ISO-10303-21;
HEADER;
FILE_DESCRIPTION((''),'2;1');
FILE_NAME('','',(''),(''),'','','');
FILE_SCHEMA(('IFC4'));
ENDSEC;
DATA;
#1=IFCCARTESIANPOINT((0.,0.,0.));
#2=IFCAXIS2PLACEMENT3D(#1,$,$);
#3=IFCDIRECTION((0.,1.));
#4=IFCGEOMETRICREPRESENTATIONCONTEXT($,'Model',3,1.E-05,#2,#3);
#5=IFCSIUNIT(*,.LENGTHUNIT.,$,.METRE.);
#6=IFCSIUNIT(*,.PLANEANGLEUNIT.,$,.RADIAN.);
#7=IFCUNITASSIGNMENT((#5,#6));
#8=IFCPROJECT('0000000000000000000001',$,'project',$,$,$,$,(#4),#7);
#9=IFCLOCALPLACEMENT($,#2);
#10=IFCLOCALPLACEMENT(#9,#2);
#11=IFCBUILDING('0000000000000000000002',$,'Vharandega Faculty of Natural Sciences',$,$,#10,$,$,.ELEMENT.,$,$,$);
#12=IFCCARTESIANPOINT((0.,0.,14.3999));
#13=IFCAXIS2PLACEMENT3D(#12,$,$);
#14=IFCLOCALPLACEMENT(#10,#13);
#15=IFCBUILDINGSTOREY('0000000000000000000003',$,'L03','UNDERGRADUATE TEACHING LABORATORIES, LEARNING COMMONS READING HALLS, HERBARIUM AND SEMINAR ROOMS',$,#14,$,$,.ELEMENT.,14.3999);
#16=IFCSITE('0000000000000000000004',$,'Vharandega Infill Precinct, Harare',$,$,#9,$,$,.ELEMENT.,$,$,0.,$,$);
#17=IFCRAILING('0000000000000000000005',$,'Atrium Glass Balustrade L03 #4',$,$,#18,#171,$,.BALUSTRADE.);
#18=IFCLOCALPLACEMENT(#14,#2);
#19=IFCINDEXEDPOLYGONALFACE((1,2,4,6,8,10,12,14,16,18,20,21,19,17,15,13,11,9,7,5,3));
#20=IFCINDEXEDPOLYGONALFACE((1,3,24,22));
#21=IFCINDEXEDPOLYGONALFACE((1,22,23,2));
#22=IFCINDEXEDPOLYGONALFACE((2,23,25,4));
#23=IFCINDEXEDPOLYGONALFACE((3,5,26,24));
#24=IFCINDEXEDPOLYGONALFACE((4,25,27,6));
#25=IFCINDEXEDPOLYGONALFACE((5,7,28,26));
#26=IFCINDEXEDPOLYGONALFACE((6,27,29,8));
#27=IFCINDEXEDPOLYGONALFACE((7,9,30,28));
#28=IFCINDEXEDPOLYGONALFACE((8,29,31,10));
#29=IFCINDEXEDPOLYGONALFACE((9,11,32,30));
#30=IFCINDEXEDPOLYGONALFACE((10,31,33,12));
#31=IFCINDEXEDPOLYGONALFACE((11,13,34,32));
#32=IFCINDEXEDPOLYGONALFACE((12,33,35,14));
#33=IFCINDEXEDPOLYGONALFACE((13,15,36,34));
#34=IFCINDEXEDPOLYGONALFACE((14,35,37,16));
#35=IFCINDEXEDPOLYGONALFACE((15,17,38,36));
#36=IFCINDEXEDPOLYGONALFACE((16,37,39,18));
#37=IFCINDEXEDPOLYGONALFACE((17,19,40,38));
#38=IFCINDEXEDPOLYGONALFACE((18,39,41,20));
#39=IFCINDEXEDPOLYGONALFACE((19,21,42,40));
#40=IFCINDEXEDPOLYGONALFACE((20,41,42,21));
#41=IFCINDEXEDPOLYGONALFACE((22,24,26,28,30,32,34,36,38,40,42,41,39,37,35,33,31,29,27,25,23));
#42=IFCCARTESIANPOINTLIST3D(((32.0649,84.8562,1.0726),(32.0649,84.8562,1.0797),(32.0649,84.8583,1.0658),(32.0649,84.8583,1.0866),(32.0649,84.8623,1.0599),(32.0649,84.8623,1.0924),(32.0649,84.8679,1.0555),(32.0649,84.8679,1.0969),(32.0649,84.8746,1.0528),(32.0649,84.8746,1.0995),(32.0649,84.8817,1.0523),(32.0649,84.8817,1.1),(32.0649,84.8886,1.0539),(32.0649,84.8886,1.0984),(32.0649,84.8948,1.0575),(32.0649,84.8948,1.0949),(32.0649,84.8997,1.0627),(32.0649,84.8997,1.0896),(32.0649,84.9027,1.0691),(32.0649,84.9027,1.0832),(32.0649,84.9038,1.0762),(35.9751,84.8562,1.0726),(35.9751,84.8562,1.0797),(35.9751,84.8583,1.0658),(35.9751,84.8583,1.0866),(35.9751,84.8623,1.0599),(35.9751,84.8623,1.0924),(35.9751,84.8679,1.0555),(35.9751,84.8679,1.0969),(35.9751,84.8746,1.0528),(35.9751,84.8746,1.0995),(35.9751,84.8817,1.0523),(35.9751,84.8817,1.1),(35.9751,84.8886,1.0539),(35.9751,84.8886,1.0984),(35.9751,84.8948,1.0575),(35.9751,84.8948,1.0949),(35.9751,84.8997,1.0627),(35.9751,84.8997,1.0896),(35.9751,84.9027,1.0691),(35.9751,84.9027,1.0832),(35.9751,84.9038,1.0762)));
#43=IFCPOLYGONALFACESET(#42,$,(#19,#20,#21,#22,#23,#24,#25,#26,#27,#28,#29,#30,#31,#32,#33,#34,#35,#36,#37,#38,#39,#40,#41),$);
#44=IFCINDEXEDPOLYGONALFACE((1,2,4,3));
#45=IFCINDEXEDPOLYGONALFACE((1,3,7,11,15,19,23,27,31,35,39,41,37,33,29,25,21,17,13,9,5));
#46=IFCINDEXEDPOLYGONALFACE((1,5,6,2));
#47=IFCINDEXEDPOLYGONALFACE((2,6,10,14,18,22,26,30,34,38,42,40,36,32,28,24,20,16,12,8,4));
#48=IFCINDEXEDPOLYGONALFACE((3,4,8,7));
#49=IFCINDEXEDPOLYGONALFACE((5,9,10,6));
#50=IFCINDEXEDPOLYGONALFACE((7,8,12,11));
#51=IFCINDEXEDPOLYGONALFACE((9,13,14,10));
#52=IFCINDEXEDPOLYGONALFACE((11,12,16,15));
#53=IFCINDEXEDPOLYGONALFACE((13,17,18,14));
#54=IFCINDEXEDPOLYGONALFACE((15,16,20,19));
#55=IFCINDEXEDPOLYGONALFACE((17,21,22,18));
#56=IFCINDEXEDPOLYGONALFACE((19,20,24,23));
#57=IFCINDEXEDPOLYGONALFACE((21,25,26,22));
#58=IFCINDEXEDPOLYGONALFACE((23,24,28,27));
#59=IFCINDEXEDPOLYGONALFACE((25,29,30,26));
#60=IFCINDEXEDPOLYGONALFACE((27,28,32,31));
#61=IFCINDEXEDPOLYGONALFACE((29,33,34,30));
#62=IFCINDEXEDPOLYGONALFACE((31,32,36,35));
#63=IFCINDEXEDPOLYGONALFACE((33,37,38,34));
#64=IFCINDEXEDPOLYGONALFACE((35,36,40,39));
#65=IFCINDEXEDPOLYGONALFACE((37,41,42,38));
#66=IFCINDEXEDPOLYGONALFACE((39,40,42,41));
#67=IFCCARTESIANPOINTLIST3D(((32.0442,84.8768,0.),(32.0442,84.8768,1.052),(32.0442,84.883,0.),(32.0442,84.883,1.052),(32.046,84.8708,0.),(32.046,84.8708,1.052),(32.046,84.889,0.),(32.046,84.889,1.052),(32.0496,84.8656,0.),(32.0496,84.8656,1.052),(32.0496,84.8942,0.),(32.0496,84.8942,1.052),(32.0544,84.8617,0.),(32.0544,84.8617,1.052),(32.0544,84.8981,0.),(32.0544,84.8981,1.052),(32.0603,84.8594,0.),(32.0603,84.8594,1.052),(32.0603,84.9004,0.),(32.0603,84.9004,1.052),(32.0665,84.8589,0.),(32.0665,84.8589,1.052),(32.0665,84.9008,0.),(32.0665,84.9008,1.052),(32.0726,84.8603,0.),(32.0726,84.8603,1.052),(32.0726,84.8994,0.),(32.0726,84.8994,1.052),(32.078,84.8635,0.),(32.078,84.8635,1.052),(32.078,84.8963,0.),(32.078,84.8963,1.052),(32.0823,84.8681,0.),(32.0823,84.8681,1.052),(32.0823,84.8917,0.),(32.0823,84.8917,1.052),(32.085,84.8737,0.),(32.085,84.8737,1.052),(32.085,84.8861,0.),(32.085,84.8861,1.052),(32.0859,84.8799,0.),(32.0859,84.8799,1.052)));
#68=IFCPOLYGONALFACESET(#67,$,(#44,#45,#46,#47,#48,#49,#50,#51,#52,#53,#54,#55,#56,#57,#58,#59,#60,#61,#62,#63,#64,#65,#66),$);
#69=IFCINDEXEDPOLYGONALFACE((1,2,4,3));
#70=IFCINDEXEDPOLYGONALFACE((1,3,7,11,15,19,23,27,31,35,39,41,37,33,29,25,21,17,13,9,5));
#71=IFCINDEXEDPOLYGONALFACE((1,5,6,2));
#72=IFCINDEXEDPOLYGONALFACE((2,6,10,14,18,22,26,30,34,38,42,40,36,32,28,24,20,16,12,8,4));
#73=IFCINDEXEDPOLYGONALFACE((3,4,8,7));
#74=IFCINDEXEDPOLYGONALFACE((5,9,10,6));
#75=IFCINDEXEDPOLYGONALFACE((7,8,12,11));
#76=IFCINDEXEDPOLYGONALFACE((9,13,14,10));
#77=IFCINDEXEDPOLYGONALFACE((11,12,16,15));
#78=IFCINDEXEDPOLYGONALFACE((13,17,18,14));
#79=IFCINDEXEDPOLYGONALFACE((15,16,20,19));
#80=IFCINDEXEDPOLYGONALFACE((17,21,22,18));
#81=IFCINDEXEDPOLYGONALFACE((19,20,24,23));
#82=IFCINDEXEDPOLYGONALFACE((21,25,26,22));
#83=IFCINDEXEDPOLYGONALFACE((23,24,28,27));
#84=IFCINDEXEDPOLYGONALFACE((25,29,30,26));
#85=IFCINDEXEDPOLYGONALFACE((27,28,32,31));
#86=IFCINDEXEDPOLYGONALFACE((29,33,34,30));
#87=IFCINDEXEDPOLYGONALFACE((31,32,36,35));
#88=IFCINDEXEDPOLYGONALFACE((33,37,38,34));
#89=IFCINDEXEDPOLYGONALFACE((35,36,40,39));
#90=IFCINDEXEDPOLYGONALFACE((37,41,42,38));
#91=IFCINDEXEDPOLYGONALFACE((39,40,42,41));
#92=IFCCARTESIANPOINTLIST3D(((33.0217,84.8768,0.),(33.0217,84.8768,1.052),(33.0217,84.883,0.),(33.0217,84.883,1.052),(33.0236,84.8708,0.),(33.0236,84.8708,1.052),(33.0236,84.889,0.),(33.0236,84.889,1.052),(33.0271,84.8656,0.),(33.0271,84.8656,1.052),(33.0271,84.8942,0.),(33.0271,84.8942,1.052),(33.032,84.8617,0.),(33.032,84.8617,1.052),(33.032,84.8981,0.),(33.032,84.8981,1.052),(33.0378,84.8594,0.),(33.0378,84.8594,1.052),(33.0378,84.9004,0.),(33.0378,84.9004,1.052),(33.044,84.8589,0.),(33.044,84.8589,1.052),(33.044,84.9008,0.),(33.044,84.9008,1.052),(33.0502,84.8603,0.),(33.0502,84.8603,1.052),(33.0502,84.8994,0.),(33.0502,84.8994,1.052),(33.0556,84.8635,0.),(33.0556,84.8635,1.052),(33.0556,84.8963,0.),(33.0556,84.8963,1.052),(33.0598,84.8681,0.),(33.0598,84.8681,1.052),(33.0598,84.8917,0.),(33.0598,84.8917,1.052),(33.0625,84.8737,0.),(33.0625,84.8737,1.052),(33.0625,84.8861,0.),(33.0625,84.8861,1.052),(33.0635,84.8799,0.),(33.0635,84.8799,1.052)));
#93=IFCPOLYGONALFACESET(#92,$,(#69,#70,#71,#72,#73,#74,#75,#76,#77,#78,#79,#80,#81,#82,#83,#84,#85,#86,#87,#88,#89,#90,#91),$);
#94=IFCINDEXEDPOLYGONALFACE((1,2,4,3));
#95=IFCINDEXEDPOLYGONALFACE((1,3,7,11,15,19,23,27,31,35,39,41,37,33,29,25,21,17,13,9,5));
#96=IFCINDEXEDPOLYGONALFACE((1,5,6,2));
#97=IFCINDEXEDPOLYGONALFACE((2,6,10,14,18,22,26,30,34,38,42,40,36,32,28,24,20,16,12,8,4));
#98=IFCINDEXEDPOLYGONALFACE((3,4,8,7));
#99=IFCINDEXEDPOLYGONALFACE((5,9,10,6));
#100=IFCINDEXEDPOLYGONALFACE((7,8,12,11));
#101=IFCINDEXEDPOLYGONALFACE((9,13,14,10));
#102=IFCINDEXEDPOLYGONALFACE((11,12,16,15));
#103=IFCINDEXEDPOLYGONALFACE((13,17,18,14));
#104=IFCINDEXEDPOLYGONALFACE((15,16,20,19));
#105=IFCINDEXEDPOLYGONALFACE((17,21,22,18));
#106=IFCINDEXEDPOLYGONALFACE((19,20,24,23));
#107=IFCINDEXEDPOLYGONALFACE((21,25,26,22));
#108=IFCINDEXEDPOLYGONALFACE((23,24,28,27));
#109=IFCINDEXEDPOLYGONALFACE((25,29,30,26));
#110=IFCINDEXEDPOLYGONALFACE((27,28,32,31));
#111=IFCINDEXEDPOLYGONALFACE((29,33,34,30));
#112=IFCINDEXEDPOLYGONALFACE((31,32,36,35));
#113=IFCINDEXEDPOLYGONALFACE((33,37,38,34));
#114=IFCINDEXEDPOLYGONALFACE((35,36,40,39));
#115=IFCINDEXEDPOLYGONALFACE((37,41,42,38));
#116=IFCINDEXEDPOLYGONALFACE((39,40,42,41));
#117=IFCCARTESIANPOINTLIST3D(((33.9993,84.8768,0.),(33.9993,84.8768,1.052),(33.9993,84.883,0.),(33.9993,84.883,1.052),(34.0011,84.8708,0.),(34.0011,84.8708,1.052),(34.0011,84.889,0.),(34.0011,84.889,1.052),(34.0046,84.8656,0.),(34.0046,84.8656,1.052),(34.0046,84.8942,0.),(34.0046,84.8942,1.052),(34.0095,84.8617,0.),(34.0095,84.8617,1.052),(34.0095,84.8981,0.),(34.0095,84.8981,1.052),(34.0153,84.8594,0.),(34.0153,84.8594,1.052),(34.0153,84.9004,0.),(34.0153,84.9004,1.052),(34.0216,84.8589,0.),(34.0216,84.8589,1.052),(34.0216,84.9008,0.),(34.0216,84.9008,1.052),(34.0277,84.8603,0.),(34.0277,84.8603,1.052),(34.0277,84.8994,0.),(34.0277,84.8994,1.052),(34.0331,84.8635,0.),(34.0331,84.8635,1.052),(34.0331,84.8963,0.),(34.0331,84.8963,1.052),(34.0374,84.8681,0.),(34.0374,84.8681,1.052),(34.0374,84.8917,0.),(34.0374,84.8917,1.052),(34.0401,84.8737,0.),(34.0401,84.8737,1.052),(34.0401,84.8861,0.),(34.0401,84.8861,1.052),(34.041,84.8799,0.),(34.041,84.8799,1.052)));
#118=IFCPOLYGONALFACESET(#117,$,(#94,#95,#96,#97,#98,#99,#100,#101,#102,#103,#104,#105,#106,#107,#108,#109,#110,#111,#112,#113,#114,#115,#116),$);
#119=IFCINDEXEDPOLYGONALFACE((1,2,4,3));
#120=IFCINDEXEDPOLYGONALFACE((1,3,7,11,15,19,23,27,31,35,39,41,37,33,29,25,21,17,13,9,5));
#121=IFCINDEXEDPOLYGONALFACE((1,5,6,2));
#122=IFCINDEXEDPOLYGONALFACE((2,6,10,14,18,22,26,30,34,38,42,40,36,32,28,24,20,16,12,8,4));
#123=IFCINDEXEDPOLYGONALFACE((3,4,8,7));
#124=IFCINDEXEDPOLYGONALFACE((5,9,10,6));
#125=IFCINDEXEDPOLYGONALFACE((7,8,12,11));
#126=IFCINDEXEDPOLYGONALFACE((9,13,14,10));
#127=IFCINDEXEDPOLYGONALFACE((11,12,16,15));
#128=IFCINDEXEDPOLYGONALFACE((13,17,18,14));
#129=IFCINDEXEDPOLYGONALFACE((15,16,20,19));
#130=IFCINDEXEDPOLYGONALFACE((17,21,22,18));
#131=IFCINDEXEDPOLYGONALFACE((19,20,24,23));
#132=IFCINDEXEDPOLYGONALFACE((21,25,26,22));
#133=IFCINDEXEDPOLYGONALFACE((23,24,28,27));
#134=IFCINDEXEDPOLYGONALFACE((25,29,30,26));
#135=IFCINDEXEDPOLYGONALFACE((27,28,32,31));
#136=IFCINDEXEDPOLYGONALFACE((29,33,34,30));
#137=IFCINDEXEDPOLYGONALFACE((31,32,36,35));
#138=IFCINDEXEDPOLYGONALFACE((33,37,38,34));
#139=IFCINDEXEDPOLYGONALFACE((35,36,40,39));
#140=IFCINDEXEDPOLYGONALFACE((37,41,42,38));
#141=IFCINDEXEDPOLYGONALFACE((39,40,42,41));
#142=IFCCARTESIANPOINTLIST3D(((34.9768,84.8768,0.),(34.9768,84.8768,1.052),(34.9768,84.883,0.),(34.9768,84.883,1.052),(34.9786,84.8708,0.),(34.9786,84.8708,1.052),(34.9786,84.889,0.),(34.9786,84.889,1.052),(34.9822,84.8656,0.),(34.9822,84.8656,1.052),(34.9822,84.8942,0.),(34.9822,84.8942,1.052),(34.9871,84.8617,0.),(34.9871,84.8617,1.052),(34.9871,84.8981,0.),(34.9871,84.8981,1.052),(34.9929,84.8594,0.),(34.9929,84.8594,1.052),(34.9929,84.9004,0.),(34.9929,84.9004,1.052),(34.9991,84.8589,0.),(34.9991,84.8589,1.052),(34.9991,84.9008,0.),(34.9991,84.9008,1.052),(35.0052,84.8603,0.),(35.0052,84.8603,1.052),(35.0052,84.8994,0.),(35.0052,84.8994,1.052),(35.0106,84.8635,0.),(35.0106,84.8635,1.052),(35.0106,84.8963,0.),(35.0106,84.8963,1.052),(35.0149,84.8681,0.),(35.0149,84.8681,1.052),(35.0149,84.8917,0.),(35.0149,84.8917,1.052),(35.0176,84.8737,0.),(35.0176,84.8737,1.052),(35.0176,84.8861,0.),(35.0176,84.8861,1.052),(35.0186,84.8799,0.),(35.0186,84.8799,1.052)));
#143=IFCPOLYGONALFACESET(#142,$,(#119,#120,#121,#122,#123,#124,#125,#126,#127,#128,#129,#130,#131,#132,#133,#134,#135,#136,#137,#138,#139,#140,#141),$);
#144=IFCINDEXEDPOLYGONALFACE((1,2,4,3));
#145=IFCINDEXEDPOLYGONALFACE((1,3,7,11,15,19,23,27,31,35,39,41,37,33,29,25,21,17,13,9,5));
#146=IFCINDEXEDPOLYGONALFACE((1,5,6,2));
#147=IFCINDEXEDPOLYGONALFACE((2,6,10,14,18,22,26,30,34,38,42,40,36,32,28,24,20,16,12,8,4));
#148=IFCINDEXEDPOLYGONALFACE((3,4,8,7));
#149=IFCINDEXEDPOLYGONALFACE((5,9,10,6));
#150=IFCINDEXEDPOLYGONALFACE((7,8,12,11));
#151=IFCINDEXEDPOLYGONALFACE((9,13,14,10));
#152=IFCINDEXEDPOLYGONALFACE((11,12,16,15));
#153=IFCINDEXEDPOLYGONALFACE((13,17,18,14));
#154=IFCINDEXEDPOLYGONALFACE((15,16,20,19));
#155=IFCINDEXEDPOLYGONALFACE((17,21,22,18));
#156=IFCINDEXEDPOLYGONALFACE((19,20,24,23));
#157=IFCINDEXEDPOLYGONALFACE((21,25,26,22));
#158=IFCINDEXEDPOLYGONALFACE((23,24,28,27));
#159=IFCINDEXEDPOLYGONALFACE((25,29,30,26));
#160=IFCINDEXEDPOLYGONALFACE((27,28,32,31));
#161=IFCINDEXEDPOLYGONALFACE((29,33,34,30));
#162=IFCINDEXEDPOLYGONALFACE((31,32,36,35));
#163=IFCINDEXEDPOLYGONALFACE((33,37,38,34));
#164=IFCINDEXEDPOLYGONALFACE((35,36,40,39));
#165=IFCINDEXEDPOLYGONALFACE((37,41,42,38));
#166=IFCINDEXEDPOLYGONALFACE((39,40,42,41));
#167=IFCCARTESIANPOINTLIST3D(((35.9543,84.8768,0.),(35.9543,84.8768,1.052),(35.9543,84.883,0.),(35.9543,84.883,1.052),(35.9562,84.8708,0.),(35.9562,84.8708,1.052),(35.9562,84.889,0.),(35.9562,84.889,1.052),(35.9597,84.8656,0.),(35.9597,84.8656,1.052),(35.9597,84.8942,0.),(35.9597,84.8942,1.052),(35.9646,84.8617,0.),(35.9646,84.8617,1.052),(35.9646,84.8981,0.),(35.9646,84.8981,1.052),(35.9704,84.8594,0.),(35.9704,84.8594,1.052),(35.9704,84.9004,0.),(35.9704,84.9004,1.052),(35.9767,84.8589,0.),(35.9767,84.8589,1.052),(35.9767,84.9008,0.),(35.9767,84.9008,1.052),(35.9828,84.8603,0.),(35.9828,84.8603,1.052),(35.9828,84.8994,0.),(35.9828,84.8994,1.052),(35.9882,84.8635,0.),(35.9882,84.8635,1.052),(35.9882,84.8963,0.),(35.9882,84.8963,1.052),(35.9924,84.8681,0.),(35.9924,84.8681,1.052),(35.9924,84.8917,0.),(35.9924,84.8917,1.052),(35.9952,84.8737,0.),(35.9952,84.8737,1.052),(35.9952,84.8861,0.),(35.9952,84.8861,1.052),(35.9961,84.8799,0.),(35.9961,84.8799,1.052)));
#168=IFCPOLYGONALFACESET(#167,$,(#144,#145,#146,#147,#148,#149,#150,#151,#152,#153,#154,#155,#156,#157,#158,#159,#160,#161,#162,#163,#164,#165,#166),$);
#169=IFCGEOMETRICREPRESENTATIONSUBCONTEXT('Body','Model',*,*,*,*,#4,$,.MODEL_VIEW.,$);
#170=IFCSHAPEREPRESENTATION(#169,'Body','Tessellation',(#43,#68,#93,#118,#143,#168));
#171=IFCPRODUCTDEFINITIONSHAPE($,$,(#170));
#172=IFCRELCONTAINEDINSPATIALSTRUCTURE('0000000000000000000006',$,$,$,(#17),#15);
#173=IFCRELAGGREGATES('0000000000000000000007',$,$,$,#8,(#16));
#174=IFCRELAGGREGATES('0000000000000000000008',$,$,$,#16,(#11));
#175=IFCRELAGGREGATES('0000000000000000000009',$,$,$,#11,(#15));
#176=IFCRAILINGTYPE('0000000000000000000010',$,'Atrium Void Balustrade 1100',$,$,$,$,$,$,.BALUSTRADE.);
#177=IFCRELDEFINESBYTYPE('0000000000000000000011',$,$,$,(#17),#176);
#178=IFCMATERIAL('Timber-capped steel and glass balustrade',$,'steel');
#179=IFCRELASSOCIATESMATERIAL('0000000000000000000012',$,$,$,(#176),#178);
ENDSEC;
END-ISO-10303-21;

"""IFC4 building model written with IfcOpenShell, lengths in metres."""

from ifc_helpers import new_model, si_unit, direction, frame, origin, origin_2d, place, context, subcontext, project, spatial, circle, extrude, material, type_object, element, save


model = new_model("IFC4")

# Units and contexts
model_context = context("Model", 3, precision=1e-05, world=origin(), true_north=direction((0.0, 1.0)))
body_context = subcontext(model_context, "Body", "Model", "MODEL_VIEW")
ifc_project = project(units=[si_unit("LENGTHUNIT", "METRE"), si_unit("PLANEANGLEUNIT", "RADIAN")], contexts=[model_context])

# Site, building, storey
site_placement = place(None, origin())
site = spatial("IfcSite", under=ifc_project, at=site_placement, Name="Vharandega Infill Precinct, Harare", CompositionType="ELEMENT", RefElevation=0.0)
building_placement = place(site_placement, origin())
building = spatial("IfcBuilding", under=site, at=building_placement, Name="Vharandega Faculty of Natural Sciences", CompositionType="ELEMENT")
storey_placement = place(building_placement, frame((0.0, 0.0, 14.3999)))
storey = spatial("IfcBuildingStorey", under=building, at=storey_placement, Name="L03", Description="UNDERGRADUATE TEACHING LABORATORIES, LEARNING COMMONS READING HALLS, HERBARIUM AND SEMINAR ROOMS", CompositionType="ELEMENT", Elevation=14.3999)

# Railing
ifc_material_1 = material(Name="Timber-capped steel and glass balustrade", Category="steel")
railing_type = type_object("IfcRailingType", Name="Atrium Void Balustrade 1100", PredefinedType="BALUSTRADE", material=ifc_material_1)
for number, where, name in (
    (1, (32.0649, 84.8799, 0.0), "Atrium Glass Balustrade L03 #4"),
):
    element("IfcRailing", number, at=place(storey_placement, frame(where)), inside=storey, type_object=railing_type, Name=name, PredefinedType="BALUSTRADE", context=body_context, shape_type="SweptSolid", body=[
        extrude(circle(Radius=0.0239, at=origin_2d()), frame((0.0, 0.0, 1.0762), z_axis=(1.0, 0.0, 0.0), x_axis=(0.0, 1.0, 0.0)), (0.0, 0.0, 1.0), 3.9102),
        extrude(circle(Radius=0.021, at=origin_2d()), origin(), (0.0, 0.0, 1.0), 1.052),
        extrude(circle(Radius=0.021, at=origin_2d()), frame((0.9775, 0.0, 0.0)), (0.0, 0.0, 1.0), 1.052),
        extrude(circle(Radius=0.021, at=origin_2d()), frame((1.9551, 0.0, 0.0)), (0.0, 0.0, 1.0), 1.052),
        extrude(circle(Radius=0.021, at=origin_2d()), frame((2.9326, 0.0, 0.0)), (0.0, 0.0, 1.0), 1.052),
        extrude(circle(Radius=0.021, at=origin_2d()), frame((3.9102, 0.0, 0.0)), (0.0, 0.0, 1.0), 1.052),
    ])

save(model, "model.ifc")
